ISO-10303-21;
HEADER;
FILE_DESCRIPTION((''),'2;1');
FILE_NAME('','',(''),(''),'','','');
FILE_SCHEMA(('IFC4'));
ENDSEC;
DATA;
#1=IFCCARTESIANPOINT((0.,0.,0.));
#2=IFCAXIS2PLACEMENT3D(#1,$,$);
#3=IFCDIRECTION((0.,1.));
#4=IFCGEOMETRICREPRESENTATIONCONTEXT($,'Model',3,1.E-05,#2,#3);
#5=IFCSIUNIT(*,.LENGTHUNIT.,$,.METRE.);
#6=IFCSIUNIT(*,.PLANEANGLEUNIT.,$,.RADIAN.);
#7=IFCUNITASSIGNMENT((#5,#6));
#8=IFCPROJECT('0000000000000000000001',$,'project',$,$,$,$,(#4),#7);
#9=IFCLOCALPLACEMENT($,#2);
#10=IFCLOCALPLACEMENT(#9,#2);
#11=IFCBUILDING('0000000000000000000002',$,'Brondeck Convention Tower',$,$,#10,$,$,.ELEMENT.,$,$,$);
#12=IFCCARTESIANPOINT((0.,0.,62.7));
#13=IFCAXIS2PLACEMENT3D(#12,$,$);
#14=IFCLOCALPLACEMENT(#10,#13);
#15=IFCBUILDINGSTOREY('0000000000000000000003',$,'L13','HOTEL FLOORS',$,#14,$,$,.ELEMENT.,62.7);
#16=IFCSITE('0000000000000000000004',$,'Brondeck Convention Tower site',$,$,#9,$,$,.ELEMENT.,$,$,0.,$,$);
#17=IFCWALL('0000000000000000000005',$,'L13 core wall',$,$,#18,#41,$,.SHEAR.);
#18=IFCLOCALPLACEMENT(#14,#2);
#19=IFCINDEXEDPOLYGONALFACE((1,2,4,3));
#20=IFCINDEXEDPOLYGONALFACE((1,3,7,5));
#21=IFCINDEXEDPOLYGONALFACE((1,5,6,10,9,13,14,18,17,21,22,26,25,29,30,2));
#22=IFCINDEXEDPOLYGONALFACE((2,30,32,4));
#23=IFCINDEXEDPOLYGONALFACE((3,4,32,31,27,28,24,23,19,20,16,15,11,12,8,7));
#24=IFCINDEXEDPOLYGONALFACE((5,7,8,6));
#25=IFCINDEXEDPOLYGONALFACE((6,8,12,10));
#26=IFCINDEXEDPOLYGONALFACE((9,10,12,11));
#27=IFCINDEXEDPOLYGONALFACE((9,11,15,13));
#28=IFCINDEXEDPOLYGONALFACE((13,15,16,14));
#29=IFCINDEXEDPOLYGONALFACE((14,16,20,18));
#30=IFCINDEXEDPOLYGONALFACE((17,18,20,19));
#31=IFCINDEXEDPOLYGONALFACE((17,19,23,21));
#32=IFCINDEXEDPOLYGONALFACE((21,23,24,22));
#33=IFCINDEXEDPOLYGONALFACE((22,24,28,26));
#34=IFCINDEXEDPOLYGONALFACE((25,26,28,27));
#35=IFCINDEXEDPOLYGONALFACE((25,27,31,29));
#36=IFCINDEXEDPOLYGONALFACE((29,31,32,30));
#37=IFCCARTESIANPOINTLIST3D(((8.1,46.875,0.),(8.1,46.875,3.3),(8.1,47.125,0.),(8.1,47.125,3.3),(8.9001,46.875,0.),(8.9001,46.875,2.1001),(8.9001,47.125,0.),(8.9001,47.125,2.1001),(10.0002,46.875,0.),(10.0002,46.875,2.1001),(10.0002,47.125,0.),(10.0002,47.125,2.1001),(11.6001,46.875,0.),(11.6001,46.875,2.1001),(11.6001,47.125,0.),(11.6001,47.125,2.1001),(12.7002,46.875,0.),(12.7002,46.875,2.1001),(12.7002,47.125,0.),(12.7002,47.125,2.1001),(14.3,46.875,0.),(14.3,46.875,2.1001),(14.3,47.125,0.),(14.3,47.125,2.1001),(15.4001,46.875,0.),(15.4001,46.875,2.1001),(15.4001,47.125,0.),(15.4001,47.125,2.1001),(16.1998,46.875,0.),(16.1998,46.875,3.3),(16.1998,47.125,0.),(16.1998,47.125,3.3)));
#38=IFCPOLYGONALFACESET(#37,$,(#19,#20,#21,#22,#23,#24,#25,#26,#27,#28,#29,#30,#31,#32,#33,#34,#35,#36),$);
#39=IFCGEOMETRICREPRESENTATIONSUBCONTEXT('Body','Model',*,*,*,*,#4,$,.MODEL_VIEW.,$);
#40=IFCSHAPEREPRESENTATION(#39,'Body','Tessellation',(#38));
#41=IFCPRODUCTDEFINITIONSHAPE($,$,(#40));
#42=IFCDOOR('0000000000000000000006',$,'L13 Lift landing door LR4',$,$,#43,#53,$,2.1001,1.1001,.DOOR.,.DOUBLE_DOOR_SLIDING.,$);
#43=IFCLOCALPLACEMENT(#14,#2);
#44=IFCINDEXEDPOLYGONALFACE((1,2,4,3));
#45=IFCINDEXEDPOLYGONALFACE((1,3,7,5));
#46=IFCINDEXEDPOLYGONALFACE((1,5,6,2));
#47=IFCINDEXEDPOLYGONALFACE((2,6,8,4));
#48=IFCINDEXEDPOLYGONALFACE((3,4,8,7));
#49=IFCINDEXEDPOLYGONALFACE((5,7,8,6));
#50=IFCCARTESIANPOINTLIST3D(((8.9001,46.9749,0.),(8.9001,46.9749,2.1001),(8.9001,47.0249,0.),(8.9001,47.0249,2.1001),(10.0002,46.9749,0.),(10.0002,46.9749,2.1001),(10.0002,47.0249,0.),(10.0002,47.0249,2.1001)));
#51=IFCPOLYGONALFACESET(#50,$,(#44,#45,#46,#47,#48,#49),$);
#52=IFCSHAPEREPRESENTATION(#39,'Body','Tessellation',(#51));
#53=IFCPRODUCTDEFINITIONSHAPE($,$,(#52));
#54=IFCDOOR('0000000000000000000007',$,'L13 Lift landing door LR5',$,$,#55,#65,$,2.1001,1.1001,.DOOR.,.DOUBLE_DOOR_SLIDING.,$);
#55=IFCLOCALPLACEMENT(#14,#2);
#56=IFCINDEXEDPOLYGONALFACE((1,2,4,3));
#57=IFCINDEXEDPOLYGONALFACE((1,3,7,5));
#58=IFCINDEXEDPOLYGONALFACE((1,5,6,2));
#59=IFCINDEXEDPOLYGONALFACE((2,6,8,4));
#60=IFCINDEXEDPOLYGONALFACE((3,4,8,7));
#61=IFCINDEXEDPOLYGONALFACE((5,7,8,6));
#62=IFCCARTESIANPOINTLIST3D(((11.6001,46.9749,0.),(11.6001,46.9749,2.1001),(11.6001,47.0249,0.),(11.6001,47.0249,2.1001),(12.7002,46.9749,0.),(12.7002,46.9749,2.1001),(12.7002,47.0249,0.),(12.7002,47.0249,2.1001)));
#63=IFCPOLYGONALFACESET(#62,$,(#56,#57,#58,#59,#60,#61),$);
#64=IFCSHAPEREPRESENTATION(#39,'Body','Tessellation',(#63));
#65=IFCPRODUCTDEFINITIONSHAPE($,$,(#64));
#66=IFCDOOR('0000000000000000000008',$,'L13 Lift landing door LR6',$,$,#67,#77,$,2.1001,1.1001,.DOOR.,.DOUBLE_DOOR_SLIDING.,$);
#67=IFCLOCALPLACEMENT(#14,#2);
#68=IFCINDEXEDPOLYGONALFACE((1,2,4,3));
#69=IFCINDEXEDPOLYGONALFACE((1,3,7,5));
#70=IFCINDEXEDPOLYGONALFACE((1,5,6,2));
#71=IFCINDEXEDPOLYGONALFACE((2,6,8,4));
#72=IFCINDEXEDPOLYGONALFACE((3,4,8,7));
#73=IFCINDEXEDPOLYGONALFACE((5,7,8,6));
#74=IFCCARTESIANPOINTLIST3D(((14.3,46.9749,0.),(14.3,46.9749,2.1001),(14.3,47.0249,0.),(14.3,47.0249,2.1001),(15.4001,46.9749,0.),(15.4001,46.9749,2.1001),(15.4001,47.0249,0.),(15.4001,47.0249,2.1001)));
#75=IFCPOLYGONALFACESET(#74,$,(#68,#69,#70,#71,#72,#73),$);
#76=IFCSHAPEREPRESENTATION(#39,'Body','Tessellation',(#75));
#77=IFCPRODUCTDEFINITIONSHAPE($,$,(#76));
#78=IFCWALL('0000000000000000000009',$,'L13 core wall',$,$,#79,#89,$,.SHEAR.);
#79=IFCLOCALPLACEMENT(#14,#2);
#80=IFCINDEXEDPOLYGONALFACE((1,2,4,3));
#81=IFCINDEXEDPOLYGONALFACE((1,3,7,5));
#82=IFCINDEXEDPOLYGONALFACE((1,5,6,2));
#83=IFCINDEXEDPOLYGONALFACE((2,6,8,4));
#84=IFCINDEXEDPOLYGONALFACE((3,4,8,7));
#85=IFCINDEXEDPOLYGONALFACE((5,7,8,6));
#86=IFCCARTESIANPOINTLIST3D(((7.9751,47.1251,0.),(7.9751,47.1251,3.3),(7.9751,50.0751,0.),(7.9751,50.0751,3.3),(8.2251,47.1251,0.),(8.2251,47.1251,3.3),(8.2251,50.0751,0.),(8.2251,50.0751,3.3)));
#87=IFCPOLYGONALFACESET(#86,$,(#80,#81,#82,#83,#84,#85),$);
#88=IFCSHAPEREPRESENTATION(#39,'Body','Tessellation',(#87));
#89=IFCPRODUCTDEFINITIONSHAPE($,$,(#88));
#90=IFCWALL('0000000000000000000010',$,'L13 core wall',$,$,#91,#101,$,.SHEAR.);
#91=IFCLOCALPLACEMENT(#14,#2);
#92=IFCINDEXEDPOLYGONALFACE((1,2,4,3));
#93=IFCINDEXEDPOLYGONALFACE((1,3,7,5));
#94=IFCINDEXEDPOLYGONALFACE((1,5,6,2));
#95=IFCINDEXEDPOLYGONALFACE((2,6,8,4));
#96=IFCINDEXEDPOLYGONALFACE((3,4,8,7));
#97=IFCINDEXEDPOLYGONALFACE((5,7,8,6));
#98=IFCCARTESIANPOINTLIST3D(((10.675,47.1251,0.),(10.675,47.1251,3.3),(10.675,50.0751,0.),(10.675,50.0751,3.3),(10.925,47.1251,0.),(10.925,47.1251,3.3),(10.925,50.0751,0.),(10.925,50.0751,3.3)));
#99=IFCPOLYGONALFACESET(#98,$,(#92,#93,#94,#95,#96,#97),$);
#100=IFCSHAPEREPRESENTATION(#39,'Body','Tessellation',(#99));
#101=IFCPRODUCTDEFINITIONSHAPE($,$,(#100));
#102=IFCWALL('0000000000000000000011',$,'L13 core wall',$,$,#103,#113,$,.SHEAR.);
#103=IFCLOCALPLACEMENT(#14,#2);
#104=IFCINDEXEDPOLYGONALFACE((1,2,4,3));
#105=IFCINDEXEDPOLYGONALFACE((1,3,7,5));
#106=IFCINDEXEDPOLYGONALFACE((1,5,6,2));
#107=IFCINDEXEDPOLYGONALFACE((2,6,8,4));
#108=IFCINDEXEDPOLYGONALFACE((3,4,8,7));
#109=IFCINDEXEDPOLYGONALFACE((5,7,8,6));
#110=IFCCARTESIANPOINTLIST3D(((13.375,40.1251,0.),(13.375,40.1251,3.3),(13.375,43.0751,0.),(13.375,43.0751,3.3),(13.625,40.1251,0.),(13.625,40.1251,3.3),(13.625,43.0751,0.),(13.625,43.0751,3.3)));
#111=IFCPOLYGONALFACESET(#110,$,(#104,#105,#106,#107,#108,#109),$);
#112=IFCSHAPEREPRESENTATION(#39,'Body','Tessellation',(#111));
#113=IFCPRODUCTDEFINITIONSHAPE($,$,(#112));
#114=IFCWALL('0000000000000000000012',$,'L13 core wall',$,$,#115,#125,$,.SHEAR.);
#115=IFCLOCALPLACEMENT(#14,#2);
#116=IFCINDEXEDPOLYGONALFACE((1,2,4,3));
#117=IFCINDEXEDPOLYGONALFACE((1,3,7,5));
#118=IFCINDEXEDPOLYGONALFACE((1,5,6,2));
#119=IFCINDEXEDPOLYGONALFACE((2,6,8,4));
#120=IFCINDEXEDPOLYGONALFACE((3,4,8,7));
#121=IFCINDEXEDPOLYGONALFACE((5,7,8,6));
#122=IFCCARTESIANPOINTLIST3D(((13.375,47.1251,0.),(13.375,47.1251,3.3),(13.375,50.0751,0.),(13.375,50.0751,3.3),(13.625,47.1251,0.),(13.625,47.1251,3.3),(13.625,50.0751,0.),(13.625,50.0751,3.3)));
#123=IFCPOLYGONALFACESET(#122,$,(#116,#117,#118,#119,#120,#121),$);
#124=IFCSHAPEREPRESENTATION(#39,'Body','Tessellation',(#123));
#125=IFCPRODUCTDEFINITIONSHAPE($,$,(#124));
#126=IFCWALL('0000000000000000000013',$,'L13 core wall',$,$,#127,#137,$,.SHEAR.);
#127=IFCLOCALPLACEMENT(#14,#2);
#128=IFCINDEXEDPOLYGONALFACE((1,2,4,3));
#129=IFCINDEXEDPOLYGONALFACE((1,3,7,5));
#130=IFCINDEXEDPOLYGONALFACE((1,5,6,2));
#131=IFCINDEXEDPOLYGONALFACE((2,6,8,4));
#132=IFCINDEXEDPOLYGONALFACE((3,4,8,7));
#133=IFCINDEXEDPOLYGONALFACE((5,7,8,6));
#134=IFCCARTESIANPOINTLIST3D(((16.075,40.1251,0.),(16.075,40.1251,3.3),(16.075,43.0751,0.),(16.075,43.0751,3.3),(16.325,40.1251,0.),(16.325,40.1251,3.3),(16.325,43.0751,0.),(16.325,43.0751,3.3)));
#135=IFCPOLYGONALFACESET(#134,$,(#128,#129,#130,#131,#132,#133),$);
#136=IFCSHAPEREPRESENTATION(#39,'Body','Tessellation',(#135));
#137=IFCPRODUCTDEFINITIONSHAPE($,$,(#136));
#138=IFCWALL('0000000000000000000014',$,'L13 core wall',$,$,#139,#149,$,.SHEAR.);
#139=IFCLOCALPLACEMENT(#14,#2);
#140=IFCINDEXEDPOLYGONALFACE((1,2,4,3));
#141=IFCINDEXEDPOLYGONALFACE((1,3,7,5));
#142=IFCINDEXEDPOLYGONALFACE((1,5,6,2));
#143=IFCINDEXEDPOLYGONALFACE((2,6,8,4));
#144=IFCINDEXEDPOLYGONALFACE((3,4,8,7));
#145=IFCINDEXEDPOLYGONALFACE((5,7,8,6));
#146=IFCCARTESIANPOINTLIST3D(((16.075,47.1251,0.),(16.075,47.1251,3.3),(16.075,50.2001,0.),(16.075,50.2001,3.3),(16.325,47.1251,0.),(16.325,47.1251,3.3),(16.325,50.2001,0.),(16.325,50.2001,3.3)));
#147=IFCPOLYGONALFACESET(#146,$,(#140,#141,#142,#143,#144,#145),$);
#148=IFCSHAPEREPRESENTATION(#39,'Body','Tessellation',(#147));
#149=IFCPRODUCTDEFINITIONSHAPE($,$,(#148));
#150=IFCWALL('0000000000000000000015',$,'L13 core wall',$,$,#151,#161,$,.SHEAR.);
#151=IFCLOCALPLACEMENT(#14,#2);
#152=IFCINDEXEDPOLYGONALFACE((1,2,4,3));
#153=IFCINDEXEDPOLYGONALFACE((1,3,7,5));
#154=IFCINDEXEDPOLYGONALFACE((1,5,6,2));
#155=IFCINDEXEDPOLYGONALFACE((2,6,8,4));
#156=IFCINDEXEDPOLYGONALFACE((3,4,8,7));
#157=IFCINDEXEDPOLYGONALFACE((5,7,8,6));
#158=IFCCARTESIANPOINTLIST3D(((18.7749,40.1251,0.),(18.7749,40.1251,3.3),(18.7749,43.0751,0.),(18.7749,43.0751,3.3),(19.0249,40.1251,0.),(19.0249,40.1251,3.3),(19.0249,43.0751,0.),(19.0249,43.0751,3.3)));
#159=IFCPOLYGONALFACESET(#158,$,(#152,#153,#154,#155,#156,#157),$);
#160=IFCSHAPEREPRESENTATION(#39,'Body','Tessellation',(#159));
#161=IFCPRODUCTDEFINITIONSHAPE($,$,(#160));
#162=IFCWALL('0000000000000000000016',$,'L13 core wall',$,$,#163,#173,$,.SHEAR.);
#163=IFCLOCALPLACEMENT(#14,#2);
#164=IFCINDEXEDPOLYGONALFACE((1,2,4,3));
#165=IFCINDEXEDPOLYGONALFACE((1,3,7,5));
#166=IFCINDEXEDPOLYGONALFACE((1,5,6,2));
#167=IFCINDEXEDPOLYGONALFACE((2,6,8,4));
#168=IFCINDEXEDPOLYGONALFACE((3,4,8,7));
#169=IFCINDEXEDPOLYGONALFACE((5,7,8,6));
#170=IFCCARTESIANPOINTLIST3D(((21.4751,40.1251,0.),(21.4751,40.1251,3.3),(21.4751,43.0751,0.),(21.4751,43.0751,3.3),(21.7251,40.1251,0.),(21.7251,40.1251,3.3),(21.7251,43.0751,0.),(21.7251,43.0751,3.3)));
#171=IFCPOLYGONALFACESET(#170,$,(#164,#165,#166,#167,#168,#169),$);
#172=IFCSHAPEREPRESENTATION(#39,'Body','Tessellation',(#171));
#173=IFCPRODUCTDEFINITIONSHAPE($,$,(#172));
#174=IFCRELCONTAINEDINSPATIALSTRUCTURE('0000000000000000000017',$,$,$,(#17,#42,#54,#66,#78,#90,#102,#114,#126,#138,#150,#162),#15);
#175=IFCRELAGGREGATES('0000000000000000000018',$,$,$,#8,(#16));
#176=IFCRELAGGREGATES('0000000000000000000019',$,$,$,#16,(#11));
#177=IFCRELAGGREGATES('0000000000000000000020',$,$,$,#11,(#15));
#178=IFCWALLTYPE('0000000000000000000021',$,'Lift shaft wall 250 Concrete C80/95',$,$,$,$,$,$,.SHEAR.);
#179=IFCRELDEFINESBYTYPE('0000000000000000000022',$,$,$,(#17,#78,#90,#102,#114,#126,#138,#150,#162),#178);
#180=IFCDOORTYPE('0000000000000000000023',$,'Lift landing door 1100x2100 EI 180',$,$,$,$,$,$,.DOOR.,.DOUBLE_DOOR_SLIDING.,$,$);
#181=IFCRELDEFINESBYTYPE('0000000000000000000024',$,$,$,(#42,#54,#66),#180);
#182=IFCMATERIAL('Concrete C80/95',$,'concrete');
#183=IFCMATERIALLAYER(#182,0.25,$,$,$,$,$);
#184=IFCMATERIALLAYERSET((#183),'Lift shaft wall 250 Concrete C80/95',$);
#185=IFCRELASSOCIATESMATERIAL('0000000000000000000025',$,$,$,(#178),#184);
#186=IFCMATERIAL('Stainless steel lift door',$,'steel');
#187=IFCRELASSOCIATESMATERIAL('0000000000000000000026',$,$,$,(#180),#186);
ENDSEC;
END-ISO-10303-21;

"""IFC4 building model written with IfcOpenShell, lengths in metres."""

from ifc_helpers import new_model, si_unit, direction, frame, frame_2d, origin, place, context, subcontext, project, spatial, rectangle, extrude, material, layer, layer_set, type_object, element, fill, save


model = new_model("IFC4")

# Units and contexts
model_context = context("Model", 3, precision=1e-05, world=origin(), true_north=direction((0.0, 1.0)))
body_context = subcontext(model_context, "Body", "Model", "MODEL_VIEW")
ifc_project = project(units=[si_unit("LENGTHUNIT", "METRE"), si_unit("PLANEANGLEUNIT", "RADIAN")], contexts=[model_context])

# Site, building, storey
site_placement = place(None, origin())
site = spatial("IfcSite", under=ifc_project, at=site_placement, Name="Brondeck Convention Tower site", CompositionType="ELEMENT", RefElevation=0.0)
building_placement = place(site_placement, origin())
building = spatial("IfcBuilding", under=site, at=building_placement, Name="Brondeck Convention Tower", CompositionType="ELEMENT")
storey_placement = place(building_placement, frame((0.0, 0.0, 62.7)))
storey = spatial("IfcBuildingStorey", under=building, at=storey_placement, Name="L13", Description="HOTEL FLOORS", CompositionType="ELEMENT", Elevation=62.7)

# Shared definitions
ifc_material_1 = material(Name="Concrete C80/95", Category="concrete")

# Wall, openings, doors
ifc_layer_1 = layer(ifc_material_1, 0.25)
ifc_layer_set_1 = layer_set([ifc_layer_1], Name="Lift shaft wall 250 Concrete C80/95")
wall_type_1 = type_object("IfcWallType", Name="Lift shaft wall 250 Concrete C80/95", PredefinedType="SHEAR", material=ifc_layer_set_1)
ifc_material_2 = material(Name="Stainless steel lift door", Category="steel")
door_type_1 = type_object("IfcDoorType", Name="Lift landing door 1100x2100 EI 180", OperationType="DOUBLE_DOOR_SLIDING", PredefinedType="DOOR", material=ifc_material_2)
wall_1_placement = place(storey_placement, frame((8.1001, 47.0, 0.0), z_axis=(0.0, 0.0, 1.0), x_axis=(1.0, 0.0, 0.0)))
wall_1 = element("IfcWall", 1, at=wall_1_placement, inside=storey, type_object=wall_type_1, Name="L13 core wall", PredefinedType="SHEAR", context=body_context, shape_type="SweptSolid", body=[
    extrude(rectangle(XDim=8.0999, YDim=0.25, at=frame_2d((4.0498, 0.0))), origin(), (0.0, 0.0, 1.0), 3.3),
])
opening_1_placement = place(wall_1_placement, frame((0.8, 0.0, 0.0)))
opening_1 = element("IfcOpeningElement", 2, at=opening_1_placement, cuts=wall_1, PredefinedType="OPENING", context=body_context, shape_type="SweptSolid", body=[
    extrude(rectangle(XDim=1.1001, YDim=2.1001, at=frame_2d((0.55, 1.05))), frame((0.0, 0.135, 0.0), z_axis=(0.0, -1.0, 0.0), x_axis=(1.0, 0.0, 0.0)), (0.0, 0.0, 1.0), 0.27),
])
opening_2_placement = place(wall_1_placement, frame((3.5, 0.0, 0.0)))
opening_2 = element("IfcOpeningElement", 3, at=opening_2_placement, cuts=wall_1, PredefinedType="OPENING", context=body_context, shape_type="SweptSolid", body=[
    extrude(rectangle(XDim=1.1001, YDim=2.1001, at=frame_2d((0.55, 1.05))), frame((0.0, 0.135, 0.0), z_axis=(0.0, -1.0, 0.0), x_axis=(1.0, 0.0, 0.0)), (0.0, 0.0, 1.0), 0.27),
])
opening_3_placement = place(wall_1_placement, frame((6.2, 0.0, 0.0)))
opening_3 = element("IfcOpeningElement", 4, at=opening_3_placement, cuts=wall_1, PredefinedType="OPENING", context=body_context, shape_type="SweptSolid", body=[
    extrude(rectangle(XDim=1.1001, YDim=2.1001, at=frame_2d((0.55, 1.05))), frame((0.0, 0.135, 0.0), z_axis=(0.0, -1.0, 0.0), x_axis=(1.0, 0.0, 0.0)), (0.0, 0.0, 1.0), 0.27),
])
door_1_placement = place(opening_1_placement, origin())
door_1 = element("IfcDoor", 5, at=door_1_placement, inside=storey, type_object=door_type_1, Name="L13 Lift landing door LR4", OperationType="DOUBLE_DOOR_SLIDING", OverallHeight=2.1001, OverallWidth=1.1001, PredefinedType="DOOR", context=body_context, shape_type="SweptSolid", body=[
    extrude(rectangle(XDim=1.1001, YDim=2.1001, at=frame_2d((0.55, 1.05))), frame((0.0, 0.0249, 0.0), z_axis=(0.0, -1.0, 0.0), x_axis=(1.0, 0.0, 0.0)), (0.0, 0.0, 1.0), 0.05),
])
fill(opening_1, door_1)
door_2_placement = place(opening_2_placement, origin())
door_2 = element("IfcDoor", 6, at=door_2_placement, inside=storey, type_object=door_type_1, Name="L13 Lift landing door LR5", OperationType="DOUBLE_DOOR_SLIDING", OverallHeight=2.1001, OverallWidth=1.1001, PredefinedType="DOOR", context=body_context, shape_type="SweptSolid", body=[
    extrude(rectangle(XDim=1.1001, YDim=2.1001, at=frame_2d((0.55, 1.05))), frame((0.0, 0.0249, 0.0), z_axis=(0.0, -1.0, 0.0), x_axis=(1.0, 0.0, 0.0)), (0.0, 0.0, 1.0), 0.05),
])
fill(opening_2, door_2)
door_3_placement = place(opening_3_placement, origin())
door_3 = element("IfcDoor", 7, at=door_3_placement, inside=storey, type_object=door_type_1, Name="L13 Lift landing door LR6", OperationType="DOUBLE_DOOR_SLIDING", OverallHeight=2.1001, OverallWidth=1.1001, PredefinedType="DOOR", context=body_context, shape_type="SweptSolid", body=[
    extrude(rectangle(XDim=1.1001, YDim=2.1001, at=frame_2d((0.55, 1.05))), frame((0.0, 0.0249, 0.0), z_axis=(0.0, -1.0, 0.0), x_axis=(1.0, 0.0, 0.0)), (0.0, 0.0, 1.0), 0.05),
])
fill(opening_3, door_3)

# Walls
for number, where, z_axis, x_axis, name in (
    (8, (8.1001, 47.125, 0.0), (0.0, 0.0, 1.0), (0.0, 1.0, 0.0), "L13 core wall"),
    (9, (10.8, 47.125, 0.0), (0.0, 0.0, 1.0), (0.0, 1.0, 0.0), "L13 core wall"),
    (10, (13.5, 40.125, 0.0), (0.0, 0.0, 1.0), (0.0, 1.0, 0.0), "L13 core wall"),
    (11, (13.5, 47.125, 0.0), (0.0, 0.0, 1.0), (0.0, 1.0, 0.0), "L13 core wall"),
    (12, (16.2, 40.125, 0.0), (0.0, 0.0, 1.0), (0.0, 1.0, 0.0), "L13 core wall"),
):
    element("IfcWall", number, at=place(storey_placement, frame(where, z_axis=z_axis, x_axis=x_axis)), inside=storey, type_object=wall_type_1, Name=name, PredefinedType="SHEAR", context=body_context, shape_type="SweptSolid", body=[
        extrude(rectangle(XDim=2.95, YDim=0.25, at=frame_2d((1.4751, 0.0))), origin(), (0.0, 0.0, 1.0), 3.3),
    ])
wall_2_placement = place(storey_placement, frame((16.2, 47.125, 0.0), z_axis=(0.0, 0.0, 1.0), x_axis=(0.0, 1.0, 0.0)))
element("IfcWall", 13, at=wall_2_placement, inside=storey, type_object=wall_type_1, Name="L13 core wall", PredefinedType="SHEAR", context=body_context, shape_type="SweptSolid", body=[
    extrude(rectangle(XDim=3.075, YDim=0.25, at=frame_2d((1.5376, 0.0))), origin(), (0.0, 0.0, 1.0), 3.3),
])
for number, where, z_axis, x_axis, name in (
    (14, (18.8999, 40.125, 0.0), (0.0, 0.0, 1.0), (0.0, 1.0, 0.0), "L13 core wall"),
    (15, (21.6001, 40.125, 0.0), (0.0, 0.0, 1.0), (0.0, 1.0, 0.0), "L13 core wall"),
):
    element("IfcWall", number, at=place(storey_placement, frame(where, z_axis=z_axis, x_axis=x_axis)), inside=storey, type_object=wall_type_1, Name=name, PredefinedType="SHEAR", context=body_context, shape_type="SweptSolid", body=[
        extrude(rectangle(XDim=2.95, YDim=0.25, at=frame_2d((1.4751, 0.0))), origin(), (0.0, 0.0, 1.0), 3.3),
    ])

save(model, "model.ifc")
